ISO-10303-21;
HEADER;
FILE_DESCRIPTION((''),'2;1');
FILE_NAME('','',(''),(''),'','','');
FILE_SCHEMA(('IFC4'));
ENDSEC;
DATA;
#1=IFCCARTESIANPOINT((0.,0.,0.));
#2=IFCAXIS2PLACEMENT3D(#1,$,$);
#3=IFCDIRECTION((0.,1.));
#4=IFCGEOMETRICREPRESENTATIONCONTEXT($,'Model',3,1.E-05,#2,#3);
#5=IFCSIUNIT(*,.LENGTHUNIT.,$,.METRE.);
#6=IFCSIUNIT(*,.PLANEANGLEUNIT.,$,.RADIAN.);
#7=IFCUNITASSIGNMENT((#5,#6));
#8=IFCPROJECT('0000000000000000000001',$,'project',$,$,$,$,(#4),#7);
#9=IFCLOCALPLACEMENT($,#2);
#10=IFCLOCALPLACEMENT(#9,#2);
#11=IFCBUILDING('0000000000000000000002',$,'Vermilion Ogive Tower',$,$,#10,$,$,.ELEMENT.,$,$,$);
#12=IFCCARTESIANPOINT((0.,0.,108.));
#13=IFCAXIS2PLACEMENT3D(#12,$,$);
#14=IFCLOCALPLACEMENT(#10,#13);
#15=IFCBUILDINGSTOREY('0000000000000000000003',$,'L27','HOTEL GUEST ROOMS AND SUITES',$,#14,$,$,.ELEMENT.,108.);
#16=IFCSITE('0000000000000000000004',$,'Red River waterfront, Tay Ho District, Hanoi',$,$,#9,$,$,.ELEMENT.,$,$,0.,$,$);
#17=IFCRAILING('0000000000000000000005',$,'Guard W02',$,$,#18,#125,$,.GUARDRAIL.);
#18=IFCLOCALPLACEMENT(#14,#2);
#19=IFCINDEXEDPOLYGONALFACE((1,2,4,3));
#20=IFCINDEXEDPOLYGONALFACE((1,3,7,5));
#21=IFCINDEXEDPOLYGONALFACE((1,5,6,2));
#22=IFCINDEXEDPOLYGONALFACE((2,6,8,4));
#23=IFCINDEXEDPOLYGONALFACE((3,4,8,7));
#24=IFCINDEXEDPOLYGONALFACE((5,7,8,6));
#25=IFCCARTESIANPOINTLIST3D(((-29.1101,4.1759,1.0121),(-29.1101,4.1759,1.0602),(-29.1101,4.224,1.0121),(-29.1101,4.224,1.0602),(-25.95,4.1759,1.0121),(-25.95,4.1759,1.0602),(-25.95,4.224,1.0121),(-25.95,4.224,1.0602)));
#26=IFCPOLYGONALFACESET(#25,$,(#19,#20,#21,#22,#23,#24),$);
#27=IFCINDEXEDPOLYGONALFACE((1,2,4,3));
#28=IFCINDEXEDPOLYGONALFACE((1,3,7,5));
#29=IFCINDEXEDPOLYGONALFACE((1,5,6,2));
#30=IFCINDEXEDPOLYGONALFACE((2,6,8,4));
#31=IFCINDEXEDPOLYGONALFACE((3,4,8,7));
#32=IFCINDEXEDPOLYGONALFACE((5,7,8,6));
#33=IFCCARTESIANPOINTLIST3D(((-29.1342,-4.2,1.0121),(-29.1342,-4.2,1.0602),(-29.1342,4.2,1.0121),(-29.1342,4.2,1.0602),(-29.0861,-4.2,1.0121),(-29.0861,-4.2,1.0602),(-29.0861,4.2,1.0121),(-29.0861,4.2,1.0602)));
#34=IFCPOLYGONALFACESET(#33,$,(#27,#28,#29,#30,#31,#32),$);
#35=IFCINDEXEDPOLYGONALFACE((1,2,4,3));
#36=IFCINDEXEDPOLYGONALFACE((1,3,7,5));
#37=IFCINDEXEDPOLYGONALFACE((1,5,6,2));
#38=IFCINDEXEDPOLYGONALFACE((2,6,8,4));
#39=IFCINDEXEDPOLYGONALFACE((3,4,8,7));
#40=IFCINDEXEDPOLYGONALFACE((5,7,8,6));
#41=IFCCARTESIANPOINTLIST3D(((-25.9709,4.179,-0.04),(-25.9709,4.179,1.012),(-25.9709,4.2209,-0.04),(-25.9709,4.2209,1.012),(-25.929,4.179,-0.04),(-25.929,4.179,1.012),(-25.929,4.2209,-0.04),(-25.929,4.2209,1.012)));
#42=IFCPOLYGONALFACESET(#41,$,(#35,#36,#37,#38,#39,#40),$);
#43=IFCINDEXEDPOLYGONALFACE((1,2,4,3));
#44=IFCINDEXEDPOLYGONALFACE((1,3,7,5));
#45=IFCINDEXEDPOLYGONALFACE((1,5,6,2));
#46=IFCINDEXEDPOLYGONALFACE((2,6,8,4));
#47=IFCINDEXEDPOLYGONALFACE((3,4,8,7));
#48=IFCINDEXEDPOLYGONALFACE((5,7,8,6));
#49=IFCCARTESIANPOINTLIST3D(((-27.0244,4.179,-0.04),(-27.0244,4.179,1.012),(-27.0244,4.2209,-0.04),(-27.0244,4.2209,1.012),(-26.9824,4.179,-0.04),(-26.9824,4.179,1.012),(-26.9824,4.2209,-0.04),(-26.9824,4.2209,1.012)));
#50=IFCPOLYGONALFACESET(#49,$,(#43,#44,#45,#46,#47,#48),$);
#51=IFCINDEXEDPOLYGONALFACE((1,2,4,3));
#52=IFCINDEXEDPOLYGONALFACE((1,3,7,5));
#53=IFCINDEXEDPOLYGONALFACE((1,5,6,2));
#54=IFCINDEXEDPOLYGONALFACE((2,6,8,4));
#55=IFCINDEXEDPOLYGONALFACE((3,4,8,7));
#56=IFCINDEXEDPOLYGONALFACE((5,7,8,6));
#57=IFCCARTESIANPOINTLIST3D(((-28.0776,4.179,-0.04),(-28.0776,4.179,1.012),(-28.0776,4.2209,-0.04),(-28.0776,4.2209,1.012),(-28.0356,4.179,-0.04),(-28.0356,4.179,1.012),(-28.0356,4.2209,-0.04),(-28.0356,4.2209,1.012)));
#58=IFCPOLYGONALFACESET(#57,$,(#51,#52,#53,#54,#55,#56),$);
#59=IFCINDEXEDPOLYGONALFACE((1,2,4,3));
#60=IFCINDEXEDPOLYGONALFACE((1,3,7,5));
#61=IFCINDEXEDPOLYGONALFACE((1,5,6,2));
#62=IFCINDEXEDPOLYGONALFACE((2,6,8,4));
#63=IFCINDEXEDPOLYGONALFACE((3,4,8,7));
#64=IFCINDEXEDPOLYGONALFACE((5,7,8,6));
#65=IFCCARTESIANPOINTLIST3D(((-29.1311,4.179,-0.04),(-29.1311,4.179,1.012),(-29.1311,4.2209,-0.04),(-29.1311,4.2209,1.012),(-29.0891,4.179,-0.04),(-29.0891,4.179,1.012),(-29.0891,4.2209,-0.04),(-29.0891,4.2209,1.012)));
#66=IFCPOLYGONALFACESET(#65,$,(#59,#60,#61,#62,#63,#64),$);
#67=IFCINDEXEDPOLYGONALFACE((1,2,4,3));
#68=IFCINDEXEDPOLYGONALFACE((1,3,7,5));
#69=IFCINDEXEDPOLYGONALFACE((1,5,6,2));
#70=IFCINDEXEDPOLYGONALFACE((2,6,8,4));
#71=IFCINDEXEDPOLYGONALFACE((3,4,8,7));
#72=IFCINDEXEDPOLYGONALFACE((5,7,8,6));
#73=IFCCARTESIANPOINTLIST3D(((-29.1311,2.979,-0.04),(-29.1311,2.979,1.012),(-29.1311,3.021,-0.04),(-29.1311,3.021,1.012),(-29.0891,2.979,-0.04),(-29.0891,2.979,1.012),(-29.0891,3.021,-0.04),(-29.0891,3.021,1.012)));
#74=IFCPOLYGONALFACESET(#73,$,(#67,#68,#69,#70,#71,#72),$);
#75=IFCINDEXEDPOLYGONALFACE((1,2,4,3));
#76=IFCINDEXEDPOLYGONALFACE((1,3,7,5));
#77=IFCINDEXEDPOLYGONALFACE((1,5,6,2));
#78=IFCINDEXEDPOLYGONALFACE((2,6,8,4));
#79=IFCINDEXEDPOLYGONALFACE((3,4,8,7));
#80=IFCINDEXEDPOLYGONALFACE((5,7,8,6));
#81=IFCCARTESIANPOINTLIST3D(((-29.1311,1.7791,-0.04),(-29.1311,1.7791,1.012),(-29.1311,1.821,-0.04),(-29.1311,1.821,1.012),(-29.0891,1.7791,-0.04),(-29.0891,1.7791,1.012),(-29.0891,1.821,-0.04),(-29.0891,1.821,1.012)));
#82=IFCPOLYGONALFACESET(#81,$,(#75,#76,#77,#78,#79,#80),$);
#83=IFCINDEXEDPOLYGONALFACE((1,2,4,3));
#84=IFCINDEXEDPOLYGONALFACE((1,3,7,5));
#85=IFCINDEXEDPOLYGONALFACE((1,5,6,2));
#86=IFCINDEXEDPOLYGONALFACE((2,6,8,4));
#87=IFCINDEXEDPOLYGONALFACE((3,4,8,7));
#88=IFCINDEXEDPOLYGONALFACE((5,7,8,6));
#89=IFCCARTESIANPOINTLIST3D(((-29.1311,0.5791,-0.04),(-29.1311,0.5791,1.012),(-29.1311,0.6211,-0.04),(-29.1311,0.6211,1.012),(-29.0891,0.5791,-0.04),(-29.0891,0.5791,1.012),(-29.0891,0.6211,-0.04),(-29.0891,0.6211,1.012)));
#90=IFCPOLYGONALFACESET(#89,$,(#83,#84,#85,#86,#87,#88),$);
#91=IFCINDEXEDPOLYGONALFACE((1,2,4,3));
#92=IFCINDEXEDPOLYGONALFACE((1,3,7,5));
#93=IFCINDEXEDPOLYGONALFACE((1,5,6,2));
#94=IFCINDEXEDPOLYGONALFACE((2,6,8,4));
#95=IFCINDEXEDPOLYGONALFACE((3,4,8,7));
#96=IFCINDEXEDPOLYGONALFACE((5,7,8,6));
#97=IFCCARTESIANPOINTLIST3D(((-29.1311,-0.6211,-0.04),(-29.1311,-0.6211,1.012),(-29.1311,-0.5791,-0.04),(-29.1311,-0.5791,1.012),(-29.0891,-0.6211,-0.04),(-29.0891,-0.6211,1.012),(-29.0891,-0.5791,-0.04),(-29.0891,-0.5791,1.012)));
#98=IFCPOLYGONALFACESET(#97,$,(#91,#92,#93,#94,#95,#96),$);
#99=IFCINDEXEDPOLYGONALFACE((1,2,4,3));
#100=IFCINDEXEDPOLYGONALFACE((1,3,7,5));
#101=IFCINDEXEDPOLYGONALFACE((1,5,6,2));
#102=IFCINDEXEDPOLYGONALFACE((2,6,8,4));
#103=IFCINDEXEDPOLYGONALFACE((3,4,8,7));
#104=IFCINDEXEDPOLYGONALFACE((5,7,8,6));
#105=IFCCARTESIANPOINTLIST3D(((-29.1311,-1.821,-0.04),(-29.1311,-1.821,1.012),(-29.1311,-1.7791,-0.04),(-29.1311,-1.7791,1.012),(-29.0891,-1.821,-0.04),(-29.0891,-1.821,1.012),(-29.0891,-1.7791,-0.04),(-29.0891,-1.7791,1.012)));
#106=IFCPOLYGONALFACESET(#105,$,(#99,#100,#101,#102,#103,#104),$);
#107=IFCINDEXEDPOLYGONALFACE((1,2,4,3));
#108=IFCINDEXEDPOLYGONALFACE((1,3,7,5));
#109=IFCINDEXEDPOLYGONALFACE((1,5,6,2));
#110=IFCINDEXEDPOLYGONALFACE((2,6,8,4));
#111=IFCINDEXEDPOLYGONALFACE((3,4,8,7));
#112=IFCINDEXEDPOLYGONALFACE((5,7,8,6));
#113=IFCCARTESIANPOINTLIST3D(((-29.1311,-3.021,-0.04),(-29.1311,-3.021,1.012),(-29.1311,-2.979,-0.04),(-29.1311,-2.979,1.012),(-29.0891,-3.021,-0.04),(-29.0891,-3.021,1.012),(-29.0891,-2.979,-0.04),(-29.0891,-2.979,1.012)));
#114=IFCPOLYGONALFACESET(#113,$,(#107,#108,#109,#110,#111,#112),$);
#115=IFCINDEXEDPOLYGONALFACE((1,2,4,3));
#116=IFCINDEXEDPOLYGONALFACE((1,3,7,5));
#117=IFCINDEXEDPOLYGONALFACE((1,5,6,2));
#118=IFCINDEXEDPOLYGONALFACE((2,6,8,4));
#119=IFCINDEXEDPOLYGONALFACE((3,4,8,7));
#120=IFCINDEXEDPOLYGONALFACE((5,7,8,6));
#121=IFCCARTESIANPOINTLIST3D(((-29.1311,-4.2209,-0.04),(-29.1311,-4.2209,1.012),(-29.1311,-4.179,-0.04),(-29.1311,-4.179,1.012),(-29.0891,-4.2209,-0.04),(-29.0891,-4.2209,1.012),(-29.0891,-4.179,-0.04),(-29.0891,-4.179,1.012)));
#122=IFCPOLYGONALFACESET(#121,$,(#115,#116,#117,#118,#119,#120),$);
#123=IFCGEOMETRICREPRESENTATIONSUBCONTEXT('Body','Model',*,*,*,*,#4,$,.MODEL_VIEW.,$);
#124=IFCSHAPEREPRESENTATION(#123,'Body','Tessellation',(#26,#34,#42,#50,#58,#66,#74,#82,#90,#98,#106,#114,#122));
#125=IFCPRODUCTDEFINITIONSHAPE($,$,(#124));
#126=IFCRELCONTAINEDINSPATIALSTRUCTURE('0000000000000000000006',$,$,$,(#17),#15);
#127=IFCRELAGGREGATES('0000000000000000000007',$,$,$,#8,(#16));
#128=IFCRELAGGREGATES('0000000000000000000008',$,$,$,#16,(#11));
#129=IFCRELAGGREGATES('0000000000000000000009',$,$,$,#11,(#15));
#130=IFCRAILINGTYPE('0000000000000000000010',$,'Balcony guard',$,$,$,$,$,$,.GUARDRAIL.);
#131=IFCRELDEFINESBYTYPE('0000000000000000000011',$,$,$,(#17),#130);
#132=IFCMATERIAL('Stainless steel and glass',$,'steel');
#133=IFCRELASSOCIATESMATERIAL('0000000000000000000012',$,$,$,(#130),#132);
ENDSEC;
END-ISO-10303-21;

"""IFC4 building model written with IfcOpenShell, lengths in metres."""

from ifc_helpers import new_model, si_unit, direction, frame, origin, origin_2d, place, context, subcontext, project, spatial, rectangle, extrude, material, type_object, element, save


model = new_model("IFC4")

# Units and contexts
model_context = context("Model", 3, precision=1e-05, world=origin(), true_north=direction((0.0, 1.0)))
body_context = subcontext(model_context, "Body", "Model", "MODEL_VIEW")
ifc_project = project(units=[si_unit("LENGTHUNIT", "METRE"), si_unit("PLANEANGLEUNIT", "RADIAN")], contexts=[model_context])

# Site, building, storey
site_placement = place(None, origin())
site = spatial("IfcSite", under=ifc_project, at=site_placement, Name="Red River waterfront, Tay Ho District, Hanoi", CompositionType="ELEMENT", RefElevation=0.0)
building_placement = place(site_placement, origin())
building = spatial("IfcBuilding", under=site, at=building_placement, Name="Vermilion Ogive Tower", CompositionType="ELEMENT")
storey_placement = place(building_placement, frame((0.0, 0.0, 108.0)))
storey = spatial("IfcBuildingStorey", under=building, at=storey_placement, Name="L27", Description="HOTEL GUEST ROOMS AND SUITES", CompositionType="ELEMENT", Elevation=108.0)

# Railing
ifc_material_1 = material(Name="Stainless steel and glass", Category="steel")
railing_type_1 = type_object("IfcRailingType", Name="Balcony guard", PredefinedType="GUARDRAIL", material=ifc_material_1)
railing_1_placement = place(storey_placement, frame((-25.95, 4.2, -0.04)))
element("IfcRailing", 1, at=railing_1_placement, inside=storey, type_object=railing_type_1, Name="Guard W02", PredefinedType="GUARDRAIL", context=body_context, shape_type="SweptSolid", body=[
    extrude(rectangle(XDim=0.0481, YDim=0.0481, at=origin_2d()), frame((0.0, 0.0, 1.0762), z_axis=(-1.0, 0.0, 0.0), x_axis=(0.0, -1.0, 0.0)), (0.0, 0.0, 1.0), 3.1602),
    extrude(rectangle(XDim=0.0481, YDim=0.0481, at=origin_2d()), frame((-3.1602, 0.0, 1.0762), z_axis=(0.0, -1.0, 0.0), x_axis=(1.0, 0.0, 0.0)), (0.0, 0.0, 1.0), 8.3999),
    extrude(rectangle(XDim=0.042, YDim=0.042, at=origin_2d()), origin(), (0.0, 0.0, 1.0), 1.052),
    extrude(rectangle(XDim=0.042, YDim=0.042, at=origin_2d()), frame((-1.0535, 0.0, 0.0)), (0.0, 0.0, 1.0), 1.052),
    extrude(rectangle(XDim=0.042, YDim=0.042, at=origin_2d()), frame((-2.1067, 0.0, 0.0)), (0.0, 0.0, 1.0), 1.052),
    extrude(rectangle(XDim=0.042, YDim=0.042, at=origin_2d()), frame((-3.1602, 0.0, 0.0)), (0.0, 0.0, 1.0), 1.052),
    extrude(rectangle(XDim=0.042, YDim=0.042, at=origin_2d()), frame((-3.1602, -1.2, 0.0)), (0.0, 0.0, 1.0), 1.052),
    extrude(rectangle(XDim=0.042, YDim=0.042, at=origin_2d()), frame((-3.1602, -2.3999, 0.0)), (0.0, 0.0, 1.0), 1.052),
    extrude(rectangle(XDim=0.042, YDim=0.042, at=origin_2d()), frame((-3.1602, -3.5999, 0.0)), (0.0, 0.0, 1.0), 1.052),
    extrude(rectangle(XDim=0.042, YDim=0.042, at=origin_2d()), frame((-3.1602, -4.8, 0.0)), (0.0, 0.0, 1.0), 1.052),
    extrude(rectangle(XDim=0.042, YDim=0.042, at=origin_2d()), frame((-3.1602, -6.0, 0.0)), (0.0, 0.0, 1.0), 1.052),
    extrude(rectangle(XDim=0.042, YDim=0.042, at=origin_2d()), frame((-3.1602, -7.2, 0.0)), (0.0, 0.0, 1.0), 1.052),
    extrude(rectangle(XDim=0.042, YDim=0.042, at=origin_2d()), frame((-3.1602, -8.3999, 0.0)), (0.0, 0.0, 1.0), 1.052),
])

save(model, "model.ifc")
